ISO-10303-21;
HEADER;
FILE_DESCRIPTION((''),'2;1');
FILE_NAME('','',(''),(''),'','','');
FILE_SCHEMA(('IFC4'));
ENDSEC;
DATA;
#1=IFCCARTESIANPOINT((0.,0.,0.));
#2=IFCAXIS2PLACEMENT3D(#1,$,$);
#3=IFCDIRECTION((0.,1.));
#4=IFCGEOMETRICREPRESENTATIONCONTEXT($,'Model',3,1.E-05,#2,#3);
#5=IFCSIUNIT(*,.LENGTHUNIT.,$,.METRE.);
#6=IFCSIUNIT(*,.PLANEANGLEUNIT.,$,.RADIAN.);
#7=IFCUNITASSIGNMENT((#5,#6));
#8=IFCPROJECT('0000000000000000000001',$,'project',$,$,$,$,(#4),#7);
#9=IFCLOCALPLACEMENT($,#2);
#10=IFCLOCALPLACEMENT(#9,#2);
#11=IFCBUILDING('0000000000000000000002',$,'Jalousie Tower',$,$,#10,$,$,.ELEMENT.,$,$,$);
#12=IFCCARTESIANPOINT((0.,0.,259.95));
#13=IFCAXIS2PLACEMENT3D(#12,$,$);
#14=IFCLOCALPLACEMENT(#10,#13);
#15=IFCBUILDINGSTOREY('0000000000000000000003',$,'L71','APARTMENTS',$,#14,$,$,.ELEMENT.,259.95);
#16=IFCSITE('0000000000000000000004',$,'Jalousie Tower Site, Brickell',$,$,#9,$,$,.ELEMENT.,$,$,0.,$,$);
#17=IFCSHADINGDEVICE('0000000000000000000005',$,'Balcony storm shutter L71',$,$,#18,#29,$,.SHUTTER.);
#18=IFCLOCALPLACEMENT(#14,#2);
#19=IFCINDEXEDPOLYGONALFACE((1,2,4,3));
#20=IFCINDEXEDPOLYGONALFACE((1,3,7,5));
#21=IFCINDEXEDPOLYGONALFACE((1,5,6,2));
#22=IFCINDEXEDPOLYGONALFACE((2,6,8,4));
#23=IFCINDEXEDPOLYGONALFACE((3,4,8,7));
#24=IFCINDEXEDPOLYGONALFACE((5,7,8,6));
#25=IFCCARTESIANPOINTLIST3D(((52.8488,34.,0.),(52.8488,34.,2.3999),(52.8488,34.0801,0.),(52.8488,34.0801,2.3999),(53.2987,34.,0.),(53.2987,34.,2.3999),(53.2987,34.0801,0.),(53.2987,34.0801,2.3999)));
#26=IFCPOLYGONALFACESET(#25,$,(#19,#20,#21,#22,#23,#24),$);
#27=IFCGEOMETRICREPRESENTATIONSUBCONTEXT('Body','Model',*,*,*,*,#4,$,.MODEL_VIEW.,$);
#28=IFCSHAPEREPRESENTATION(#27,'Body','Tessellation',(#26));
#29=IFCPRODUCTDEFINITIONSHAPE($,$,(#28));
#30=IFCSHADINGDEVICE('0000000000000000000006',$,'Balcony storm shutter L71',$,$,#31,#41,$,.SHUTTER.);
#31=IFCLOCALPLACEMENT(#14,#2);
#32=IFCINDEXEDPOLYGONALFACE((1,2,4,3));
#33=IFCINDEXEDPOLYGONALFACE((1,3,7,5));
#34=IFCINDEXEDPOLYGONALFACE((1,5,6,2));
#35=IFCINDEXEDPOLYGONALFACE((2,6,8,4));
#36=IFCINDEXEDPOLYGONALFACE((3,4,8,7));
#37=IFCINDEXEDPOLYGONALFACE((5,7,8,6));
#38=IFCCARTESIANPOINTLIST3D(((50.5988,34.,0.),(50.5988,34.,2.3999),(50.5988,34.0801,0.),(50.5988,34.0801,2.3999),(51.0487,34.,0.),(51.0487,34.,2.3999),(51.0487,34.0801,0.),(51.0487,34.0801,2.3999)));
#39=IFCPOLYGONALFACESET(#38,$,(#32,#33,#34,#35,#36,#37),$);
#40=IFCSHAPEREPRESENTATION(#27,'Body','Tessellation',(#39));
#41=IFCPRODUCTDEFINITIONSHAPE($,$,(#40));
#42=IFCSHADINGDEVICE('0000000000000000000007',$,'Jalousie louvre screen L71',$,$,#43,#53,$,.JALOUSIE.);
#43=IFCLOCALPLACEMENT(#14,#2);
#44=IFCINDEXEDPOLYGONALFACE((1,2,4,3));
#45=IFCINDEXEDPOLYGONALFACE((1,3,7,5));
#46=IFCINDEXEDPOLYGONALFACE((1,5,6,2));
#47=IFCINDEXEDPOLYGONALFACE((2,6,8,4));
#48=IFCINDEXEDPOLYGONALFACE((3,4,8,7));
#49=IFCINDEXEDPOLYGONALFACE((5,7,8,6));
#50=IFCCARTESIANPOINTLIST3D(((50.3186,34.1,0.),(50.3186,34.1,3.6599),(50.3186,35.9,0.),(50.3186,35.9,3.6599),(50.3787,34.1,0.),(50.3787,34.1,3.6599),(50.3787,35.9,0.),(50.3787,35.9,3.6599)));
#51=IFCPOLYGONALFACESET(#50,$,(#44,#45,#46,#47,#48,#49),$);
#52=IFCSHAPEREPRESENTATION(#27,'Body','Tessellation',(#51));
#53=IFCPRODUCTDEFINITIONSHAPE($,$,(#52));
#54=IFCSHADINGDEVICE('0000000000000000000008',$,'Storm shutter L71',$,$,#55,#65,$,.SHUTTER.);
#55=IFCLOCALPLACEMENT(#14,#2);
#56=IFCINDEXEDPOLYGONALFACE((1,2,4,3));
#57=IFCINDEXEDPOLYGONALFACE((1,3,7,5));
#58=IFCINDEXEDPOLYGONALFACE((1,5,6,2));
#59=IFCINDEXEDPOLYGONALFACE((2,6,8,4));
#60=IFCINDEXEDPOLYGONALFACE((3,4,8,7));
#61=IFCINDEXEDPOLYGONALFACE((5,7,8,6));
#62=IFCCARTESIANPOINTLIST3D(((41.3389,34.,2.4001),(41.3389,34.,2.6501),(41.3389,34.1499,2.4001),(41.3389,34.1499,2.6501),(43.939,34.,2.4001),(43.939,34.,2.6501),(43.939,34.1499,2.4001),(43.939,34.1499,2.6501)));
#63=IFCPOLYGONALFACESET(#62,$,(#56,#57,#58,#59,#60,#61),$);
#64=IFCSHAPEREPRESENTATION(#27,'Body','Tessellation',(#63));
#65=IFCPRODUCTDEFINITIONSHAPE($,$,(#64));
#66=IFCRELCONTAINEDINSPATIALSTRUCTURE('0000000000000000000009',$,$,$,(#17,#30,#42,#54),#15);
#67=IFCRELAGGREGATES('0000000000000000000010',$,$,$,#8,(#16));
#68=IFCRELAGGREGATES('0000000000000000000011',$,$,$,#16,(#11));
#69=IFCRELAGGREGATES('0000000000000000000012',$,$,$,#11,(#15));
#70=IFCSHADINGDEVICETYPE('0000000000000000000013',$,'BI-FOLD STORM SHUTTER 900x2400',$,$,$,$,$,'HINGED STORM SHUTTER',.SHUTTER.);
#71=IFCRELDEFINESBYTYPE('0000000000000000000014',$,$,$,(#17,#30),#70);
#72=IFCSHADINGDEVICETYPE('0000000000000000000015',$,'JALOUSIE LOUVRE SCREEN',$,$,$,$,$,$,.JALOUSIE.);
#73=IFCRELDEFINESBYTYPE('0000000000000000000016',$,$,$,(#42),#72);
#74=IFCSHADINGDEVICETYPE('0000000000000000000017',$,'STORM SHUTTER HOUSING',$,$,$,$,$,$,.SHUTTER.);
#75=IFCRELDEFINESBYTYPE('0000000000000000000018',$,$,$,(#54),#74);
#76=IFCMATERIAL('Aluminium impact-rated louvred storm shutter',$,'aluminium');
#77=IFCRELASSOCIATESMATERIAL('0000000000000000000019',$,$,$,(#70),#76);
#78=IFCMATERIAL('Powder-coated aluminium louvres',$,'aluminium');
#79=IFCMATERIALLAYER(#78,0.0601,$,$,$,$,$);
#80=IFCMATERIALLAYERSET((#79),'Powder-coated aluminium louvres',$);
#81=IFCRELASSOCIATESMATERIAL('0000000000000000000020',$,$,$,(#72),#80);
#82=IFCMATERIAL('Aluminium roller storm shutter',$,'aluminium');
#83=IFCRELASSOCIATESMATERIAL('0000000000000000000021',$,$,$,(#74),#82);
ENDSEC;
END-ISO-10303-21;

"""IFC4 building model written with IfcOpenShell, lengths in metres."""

from ifc_helpers import new_model, si_unit, direction, frame, origin, origin_2d, place, context, subcontext, project, spatial, rectangle, extrude, material, layer, layer_set, type_object, element, save


model = new_model("IFC4")

# Units and contexts
model_context = context("Model", 3, precision=1e-05, world=origin(), true_north=direction((0.0, 1.0)))
body_context = subcontext(model_context, "Body", "Model", "MODEL_VIEW")
ifc_project = project(units=[si_unit("LENGTHUNIT", "METRE"), si_unit("PLANEANGLEUNIT", "RADIAN")], contexts=[model_context])

# Site, building, storey
site_placement = place(None, origin())
site = spatial("IfcSite", under=ifc_project, at=site_placement, Name="Jalousie Tower Site, Brickell", CompositionType="ELEMENT", RefElevation=0.0)
building_placement = place(site_placement, origin())
building = spatial("IfcBuilding", under=site, at=building_placement, Name="Jalousie Tower", CompositionType="ELEMENT")
storey_placement = place(building_placement, frame((0.0, 0.0, 259.95)))
storey = spatial("IfcBuildingStorey", under=building, at=storey_placement, Name="L71", Description="APARTMENTS", CompositionType="ELEMENT", Elevation=259.95)

# Shading devices
ifc_material_1 = material(Name="Aluminium impact-rated louvred storm shutter", Category="aluminium")
shading_device_type_1 = type_object("IfcShadingDeviceType", Name="BI-FOLD STORM SHUTTER 900x2400", ElementType="HINGED STORM SHUTTER", PredefinedType="SHUTTER", material=ifc_material_1)
for number, where, z_axis, x_axis, name in (
    (1, (53.0737, 34.04, 0.0), (0.0, 0.0, 1.0), (-1.0, 0.0, 0.0), "Balcony storm shutter L71"),
    (2, (50.8237, 34.04, 0.0), (0.0, 0.0, 1.0), (-1.0, 0.0, 0.0), "Balcony storm shutter L71"),
):
    element("IfcShadingDevice", number, at=place(storey_placement, frame(where, z_axis=z_axis, x_axis=x_axis)), inside=storey, type_object=shading_device_type_1, Name=name, PredefinedType="SHUTTER", context=body_context, shape_type="SweptSolid", body=[
        extrude(rectangle(XDim=0.45, YDim=0.0801, at=origin_2d()), origin(), (0.0, 0.0, 1.0), 2.3999),
    ])
ifc_material_2 = material(Name="Powder-coated aluminium louvres", Category="aluminium")
ifc_layer_1 = layer(ifc_material_2, 0.0601)
ifc_layer_set_1 = layer_set([ifc_layer_1], Name="Powder-coated aluminium louvres")
shading_device_type_2 = type_object("IfcShadingDeviceType", Name="JALOUSIE LOUVRE SCREEN", PredefinedType="JALOUSIE", material=ifc_layer_set_1)
shading_device_1_placement = place(storey_placement, frame((50.3486, 35.0, 0.0), z_axis=(0.0, 0.0, 1.0), x_axis=(-1.0, 0.0, 0.0)))
element("IfcShadingDevice", 3, at=shading_device_1_placement, inside=storey, type_object=shading_device_type_2, Name="Jalousie louvre screen L71", PredefinedType="JALOUSIE", context=body_context, shape_type="SweptSolid", body=[
    extrude(rectangle(XDim=0.0601, YDim=1.8, at=origin_2d()), origin(), (0.0, 0.0, 1.0), 3.6599),
])
ifc_material_3 = material(Name="Aluminium roller storm shutter", Category="aluminium")
shading_device_type_3 = type_object("IfcShadingDeviceType", Name="STORM SHUTTER HOUSING", PredefinedType="SHUTTER", material=ifc_material_3)
shading_device_2_placement = place(storey_placement, frame((42.6389, 34.075, 2.4001), z_axis=(0.0, 0.0, 1.0), x_axis=(-1.0, 0.0, 0.0)))
element("IfcShadingDevice", 4, at=shading_device_2_placement, inside=storey, type_object=shading_device_type_3, Name="Storm shutter L71", PredefinedType="SHUTTER", context=body_context, shape_type="SweptSolid", body=[
    extrude(rectangle(XDim=2.6001, YDim=0.1499, at=origin_2d()), origin(), (0.0, 0.0, 1.0), 0.25),
])

save(model, "model.ifc")
